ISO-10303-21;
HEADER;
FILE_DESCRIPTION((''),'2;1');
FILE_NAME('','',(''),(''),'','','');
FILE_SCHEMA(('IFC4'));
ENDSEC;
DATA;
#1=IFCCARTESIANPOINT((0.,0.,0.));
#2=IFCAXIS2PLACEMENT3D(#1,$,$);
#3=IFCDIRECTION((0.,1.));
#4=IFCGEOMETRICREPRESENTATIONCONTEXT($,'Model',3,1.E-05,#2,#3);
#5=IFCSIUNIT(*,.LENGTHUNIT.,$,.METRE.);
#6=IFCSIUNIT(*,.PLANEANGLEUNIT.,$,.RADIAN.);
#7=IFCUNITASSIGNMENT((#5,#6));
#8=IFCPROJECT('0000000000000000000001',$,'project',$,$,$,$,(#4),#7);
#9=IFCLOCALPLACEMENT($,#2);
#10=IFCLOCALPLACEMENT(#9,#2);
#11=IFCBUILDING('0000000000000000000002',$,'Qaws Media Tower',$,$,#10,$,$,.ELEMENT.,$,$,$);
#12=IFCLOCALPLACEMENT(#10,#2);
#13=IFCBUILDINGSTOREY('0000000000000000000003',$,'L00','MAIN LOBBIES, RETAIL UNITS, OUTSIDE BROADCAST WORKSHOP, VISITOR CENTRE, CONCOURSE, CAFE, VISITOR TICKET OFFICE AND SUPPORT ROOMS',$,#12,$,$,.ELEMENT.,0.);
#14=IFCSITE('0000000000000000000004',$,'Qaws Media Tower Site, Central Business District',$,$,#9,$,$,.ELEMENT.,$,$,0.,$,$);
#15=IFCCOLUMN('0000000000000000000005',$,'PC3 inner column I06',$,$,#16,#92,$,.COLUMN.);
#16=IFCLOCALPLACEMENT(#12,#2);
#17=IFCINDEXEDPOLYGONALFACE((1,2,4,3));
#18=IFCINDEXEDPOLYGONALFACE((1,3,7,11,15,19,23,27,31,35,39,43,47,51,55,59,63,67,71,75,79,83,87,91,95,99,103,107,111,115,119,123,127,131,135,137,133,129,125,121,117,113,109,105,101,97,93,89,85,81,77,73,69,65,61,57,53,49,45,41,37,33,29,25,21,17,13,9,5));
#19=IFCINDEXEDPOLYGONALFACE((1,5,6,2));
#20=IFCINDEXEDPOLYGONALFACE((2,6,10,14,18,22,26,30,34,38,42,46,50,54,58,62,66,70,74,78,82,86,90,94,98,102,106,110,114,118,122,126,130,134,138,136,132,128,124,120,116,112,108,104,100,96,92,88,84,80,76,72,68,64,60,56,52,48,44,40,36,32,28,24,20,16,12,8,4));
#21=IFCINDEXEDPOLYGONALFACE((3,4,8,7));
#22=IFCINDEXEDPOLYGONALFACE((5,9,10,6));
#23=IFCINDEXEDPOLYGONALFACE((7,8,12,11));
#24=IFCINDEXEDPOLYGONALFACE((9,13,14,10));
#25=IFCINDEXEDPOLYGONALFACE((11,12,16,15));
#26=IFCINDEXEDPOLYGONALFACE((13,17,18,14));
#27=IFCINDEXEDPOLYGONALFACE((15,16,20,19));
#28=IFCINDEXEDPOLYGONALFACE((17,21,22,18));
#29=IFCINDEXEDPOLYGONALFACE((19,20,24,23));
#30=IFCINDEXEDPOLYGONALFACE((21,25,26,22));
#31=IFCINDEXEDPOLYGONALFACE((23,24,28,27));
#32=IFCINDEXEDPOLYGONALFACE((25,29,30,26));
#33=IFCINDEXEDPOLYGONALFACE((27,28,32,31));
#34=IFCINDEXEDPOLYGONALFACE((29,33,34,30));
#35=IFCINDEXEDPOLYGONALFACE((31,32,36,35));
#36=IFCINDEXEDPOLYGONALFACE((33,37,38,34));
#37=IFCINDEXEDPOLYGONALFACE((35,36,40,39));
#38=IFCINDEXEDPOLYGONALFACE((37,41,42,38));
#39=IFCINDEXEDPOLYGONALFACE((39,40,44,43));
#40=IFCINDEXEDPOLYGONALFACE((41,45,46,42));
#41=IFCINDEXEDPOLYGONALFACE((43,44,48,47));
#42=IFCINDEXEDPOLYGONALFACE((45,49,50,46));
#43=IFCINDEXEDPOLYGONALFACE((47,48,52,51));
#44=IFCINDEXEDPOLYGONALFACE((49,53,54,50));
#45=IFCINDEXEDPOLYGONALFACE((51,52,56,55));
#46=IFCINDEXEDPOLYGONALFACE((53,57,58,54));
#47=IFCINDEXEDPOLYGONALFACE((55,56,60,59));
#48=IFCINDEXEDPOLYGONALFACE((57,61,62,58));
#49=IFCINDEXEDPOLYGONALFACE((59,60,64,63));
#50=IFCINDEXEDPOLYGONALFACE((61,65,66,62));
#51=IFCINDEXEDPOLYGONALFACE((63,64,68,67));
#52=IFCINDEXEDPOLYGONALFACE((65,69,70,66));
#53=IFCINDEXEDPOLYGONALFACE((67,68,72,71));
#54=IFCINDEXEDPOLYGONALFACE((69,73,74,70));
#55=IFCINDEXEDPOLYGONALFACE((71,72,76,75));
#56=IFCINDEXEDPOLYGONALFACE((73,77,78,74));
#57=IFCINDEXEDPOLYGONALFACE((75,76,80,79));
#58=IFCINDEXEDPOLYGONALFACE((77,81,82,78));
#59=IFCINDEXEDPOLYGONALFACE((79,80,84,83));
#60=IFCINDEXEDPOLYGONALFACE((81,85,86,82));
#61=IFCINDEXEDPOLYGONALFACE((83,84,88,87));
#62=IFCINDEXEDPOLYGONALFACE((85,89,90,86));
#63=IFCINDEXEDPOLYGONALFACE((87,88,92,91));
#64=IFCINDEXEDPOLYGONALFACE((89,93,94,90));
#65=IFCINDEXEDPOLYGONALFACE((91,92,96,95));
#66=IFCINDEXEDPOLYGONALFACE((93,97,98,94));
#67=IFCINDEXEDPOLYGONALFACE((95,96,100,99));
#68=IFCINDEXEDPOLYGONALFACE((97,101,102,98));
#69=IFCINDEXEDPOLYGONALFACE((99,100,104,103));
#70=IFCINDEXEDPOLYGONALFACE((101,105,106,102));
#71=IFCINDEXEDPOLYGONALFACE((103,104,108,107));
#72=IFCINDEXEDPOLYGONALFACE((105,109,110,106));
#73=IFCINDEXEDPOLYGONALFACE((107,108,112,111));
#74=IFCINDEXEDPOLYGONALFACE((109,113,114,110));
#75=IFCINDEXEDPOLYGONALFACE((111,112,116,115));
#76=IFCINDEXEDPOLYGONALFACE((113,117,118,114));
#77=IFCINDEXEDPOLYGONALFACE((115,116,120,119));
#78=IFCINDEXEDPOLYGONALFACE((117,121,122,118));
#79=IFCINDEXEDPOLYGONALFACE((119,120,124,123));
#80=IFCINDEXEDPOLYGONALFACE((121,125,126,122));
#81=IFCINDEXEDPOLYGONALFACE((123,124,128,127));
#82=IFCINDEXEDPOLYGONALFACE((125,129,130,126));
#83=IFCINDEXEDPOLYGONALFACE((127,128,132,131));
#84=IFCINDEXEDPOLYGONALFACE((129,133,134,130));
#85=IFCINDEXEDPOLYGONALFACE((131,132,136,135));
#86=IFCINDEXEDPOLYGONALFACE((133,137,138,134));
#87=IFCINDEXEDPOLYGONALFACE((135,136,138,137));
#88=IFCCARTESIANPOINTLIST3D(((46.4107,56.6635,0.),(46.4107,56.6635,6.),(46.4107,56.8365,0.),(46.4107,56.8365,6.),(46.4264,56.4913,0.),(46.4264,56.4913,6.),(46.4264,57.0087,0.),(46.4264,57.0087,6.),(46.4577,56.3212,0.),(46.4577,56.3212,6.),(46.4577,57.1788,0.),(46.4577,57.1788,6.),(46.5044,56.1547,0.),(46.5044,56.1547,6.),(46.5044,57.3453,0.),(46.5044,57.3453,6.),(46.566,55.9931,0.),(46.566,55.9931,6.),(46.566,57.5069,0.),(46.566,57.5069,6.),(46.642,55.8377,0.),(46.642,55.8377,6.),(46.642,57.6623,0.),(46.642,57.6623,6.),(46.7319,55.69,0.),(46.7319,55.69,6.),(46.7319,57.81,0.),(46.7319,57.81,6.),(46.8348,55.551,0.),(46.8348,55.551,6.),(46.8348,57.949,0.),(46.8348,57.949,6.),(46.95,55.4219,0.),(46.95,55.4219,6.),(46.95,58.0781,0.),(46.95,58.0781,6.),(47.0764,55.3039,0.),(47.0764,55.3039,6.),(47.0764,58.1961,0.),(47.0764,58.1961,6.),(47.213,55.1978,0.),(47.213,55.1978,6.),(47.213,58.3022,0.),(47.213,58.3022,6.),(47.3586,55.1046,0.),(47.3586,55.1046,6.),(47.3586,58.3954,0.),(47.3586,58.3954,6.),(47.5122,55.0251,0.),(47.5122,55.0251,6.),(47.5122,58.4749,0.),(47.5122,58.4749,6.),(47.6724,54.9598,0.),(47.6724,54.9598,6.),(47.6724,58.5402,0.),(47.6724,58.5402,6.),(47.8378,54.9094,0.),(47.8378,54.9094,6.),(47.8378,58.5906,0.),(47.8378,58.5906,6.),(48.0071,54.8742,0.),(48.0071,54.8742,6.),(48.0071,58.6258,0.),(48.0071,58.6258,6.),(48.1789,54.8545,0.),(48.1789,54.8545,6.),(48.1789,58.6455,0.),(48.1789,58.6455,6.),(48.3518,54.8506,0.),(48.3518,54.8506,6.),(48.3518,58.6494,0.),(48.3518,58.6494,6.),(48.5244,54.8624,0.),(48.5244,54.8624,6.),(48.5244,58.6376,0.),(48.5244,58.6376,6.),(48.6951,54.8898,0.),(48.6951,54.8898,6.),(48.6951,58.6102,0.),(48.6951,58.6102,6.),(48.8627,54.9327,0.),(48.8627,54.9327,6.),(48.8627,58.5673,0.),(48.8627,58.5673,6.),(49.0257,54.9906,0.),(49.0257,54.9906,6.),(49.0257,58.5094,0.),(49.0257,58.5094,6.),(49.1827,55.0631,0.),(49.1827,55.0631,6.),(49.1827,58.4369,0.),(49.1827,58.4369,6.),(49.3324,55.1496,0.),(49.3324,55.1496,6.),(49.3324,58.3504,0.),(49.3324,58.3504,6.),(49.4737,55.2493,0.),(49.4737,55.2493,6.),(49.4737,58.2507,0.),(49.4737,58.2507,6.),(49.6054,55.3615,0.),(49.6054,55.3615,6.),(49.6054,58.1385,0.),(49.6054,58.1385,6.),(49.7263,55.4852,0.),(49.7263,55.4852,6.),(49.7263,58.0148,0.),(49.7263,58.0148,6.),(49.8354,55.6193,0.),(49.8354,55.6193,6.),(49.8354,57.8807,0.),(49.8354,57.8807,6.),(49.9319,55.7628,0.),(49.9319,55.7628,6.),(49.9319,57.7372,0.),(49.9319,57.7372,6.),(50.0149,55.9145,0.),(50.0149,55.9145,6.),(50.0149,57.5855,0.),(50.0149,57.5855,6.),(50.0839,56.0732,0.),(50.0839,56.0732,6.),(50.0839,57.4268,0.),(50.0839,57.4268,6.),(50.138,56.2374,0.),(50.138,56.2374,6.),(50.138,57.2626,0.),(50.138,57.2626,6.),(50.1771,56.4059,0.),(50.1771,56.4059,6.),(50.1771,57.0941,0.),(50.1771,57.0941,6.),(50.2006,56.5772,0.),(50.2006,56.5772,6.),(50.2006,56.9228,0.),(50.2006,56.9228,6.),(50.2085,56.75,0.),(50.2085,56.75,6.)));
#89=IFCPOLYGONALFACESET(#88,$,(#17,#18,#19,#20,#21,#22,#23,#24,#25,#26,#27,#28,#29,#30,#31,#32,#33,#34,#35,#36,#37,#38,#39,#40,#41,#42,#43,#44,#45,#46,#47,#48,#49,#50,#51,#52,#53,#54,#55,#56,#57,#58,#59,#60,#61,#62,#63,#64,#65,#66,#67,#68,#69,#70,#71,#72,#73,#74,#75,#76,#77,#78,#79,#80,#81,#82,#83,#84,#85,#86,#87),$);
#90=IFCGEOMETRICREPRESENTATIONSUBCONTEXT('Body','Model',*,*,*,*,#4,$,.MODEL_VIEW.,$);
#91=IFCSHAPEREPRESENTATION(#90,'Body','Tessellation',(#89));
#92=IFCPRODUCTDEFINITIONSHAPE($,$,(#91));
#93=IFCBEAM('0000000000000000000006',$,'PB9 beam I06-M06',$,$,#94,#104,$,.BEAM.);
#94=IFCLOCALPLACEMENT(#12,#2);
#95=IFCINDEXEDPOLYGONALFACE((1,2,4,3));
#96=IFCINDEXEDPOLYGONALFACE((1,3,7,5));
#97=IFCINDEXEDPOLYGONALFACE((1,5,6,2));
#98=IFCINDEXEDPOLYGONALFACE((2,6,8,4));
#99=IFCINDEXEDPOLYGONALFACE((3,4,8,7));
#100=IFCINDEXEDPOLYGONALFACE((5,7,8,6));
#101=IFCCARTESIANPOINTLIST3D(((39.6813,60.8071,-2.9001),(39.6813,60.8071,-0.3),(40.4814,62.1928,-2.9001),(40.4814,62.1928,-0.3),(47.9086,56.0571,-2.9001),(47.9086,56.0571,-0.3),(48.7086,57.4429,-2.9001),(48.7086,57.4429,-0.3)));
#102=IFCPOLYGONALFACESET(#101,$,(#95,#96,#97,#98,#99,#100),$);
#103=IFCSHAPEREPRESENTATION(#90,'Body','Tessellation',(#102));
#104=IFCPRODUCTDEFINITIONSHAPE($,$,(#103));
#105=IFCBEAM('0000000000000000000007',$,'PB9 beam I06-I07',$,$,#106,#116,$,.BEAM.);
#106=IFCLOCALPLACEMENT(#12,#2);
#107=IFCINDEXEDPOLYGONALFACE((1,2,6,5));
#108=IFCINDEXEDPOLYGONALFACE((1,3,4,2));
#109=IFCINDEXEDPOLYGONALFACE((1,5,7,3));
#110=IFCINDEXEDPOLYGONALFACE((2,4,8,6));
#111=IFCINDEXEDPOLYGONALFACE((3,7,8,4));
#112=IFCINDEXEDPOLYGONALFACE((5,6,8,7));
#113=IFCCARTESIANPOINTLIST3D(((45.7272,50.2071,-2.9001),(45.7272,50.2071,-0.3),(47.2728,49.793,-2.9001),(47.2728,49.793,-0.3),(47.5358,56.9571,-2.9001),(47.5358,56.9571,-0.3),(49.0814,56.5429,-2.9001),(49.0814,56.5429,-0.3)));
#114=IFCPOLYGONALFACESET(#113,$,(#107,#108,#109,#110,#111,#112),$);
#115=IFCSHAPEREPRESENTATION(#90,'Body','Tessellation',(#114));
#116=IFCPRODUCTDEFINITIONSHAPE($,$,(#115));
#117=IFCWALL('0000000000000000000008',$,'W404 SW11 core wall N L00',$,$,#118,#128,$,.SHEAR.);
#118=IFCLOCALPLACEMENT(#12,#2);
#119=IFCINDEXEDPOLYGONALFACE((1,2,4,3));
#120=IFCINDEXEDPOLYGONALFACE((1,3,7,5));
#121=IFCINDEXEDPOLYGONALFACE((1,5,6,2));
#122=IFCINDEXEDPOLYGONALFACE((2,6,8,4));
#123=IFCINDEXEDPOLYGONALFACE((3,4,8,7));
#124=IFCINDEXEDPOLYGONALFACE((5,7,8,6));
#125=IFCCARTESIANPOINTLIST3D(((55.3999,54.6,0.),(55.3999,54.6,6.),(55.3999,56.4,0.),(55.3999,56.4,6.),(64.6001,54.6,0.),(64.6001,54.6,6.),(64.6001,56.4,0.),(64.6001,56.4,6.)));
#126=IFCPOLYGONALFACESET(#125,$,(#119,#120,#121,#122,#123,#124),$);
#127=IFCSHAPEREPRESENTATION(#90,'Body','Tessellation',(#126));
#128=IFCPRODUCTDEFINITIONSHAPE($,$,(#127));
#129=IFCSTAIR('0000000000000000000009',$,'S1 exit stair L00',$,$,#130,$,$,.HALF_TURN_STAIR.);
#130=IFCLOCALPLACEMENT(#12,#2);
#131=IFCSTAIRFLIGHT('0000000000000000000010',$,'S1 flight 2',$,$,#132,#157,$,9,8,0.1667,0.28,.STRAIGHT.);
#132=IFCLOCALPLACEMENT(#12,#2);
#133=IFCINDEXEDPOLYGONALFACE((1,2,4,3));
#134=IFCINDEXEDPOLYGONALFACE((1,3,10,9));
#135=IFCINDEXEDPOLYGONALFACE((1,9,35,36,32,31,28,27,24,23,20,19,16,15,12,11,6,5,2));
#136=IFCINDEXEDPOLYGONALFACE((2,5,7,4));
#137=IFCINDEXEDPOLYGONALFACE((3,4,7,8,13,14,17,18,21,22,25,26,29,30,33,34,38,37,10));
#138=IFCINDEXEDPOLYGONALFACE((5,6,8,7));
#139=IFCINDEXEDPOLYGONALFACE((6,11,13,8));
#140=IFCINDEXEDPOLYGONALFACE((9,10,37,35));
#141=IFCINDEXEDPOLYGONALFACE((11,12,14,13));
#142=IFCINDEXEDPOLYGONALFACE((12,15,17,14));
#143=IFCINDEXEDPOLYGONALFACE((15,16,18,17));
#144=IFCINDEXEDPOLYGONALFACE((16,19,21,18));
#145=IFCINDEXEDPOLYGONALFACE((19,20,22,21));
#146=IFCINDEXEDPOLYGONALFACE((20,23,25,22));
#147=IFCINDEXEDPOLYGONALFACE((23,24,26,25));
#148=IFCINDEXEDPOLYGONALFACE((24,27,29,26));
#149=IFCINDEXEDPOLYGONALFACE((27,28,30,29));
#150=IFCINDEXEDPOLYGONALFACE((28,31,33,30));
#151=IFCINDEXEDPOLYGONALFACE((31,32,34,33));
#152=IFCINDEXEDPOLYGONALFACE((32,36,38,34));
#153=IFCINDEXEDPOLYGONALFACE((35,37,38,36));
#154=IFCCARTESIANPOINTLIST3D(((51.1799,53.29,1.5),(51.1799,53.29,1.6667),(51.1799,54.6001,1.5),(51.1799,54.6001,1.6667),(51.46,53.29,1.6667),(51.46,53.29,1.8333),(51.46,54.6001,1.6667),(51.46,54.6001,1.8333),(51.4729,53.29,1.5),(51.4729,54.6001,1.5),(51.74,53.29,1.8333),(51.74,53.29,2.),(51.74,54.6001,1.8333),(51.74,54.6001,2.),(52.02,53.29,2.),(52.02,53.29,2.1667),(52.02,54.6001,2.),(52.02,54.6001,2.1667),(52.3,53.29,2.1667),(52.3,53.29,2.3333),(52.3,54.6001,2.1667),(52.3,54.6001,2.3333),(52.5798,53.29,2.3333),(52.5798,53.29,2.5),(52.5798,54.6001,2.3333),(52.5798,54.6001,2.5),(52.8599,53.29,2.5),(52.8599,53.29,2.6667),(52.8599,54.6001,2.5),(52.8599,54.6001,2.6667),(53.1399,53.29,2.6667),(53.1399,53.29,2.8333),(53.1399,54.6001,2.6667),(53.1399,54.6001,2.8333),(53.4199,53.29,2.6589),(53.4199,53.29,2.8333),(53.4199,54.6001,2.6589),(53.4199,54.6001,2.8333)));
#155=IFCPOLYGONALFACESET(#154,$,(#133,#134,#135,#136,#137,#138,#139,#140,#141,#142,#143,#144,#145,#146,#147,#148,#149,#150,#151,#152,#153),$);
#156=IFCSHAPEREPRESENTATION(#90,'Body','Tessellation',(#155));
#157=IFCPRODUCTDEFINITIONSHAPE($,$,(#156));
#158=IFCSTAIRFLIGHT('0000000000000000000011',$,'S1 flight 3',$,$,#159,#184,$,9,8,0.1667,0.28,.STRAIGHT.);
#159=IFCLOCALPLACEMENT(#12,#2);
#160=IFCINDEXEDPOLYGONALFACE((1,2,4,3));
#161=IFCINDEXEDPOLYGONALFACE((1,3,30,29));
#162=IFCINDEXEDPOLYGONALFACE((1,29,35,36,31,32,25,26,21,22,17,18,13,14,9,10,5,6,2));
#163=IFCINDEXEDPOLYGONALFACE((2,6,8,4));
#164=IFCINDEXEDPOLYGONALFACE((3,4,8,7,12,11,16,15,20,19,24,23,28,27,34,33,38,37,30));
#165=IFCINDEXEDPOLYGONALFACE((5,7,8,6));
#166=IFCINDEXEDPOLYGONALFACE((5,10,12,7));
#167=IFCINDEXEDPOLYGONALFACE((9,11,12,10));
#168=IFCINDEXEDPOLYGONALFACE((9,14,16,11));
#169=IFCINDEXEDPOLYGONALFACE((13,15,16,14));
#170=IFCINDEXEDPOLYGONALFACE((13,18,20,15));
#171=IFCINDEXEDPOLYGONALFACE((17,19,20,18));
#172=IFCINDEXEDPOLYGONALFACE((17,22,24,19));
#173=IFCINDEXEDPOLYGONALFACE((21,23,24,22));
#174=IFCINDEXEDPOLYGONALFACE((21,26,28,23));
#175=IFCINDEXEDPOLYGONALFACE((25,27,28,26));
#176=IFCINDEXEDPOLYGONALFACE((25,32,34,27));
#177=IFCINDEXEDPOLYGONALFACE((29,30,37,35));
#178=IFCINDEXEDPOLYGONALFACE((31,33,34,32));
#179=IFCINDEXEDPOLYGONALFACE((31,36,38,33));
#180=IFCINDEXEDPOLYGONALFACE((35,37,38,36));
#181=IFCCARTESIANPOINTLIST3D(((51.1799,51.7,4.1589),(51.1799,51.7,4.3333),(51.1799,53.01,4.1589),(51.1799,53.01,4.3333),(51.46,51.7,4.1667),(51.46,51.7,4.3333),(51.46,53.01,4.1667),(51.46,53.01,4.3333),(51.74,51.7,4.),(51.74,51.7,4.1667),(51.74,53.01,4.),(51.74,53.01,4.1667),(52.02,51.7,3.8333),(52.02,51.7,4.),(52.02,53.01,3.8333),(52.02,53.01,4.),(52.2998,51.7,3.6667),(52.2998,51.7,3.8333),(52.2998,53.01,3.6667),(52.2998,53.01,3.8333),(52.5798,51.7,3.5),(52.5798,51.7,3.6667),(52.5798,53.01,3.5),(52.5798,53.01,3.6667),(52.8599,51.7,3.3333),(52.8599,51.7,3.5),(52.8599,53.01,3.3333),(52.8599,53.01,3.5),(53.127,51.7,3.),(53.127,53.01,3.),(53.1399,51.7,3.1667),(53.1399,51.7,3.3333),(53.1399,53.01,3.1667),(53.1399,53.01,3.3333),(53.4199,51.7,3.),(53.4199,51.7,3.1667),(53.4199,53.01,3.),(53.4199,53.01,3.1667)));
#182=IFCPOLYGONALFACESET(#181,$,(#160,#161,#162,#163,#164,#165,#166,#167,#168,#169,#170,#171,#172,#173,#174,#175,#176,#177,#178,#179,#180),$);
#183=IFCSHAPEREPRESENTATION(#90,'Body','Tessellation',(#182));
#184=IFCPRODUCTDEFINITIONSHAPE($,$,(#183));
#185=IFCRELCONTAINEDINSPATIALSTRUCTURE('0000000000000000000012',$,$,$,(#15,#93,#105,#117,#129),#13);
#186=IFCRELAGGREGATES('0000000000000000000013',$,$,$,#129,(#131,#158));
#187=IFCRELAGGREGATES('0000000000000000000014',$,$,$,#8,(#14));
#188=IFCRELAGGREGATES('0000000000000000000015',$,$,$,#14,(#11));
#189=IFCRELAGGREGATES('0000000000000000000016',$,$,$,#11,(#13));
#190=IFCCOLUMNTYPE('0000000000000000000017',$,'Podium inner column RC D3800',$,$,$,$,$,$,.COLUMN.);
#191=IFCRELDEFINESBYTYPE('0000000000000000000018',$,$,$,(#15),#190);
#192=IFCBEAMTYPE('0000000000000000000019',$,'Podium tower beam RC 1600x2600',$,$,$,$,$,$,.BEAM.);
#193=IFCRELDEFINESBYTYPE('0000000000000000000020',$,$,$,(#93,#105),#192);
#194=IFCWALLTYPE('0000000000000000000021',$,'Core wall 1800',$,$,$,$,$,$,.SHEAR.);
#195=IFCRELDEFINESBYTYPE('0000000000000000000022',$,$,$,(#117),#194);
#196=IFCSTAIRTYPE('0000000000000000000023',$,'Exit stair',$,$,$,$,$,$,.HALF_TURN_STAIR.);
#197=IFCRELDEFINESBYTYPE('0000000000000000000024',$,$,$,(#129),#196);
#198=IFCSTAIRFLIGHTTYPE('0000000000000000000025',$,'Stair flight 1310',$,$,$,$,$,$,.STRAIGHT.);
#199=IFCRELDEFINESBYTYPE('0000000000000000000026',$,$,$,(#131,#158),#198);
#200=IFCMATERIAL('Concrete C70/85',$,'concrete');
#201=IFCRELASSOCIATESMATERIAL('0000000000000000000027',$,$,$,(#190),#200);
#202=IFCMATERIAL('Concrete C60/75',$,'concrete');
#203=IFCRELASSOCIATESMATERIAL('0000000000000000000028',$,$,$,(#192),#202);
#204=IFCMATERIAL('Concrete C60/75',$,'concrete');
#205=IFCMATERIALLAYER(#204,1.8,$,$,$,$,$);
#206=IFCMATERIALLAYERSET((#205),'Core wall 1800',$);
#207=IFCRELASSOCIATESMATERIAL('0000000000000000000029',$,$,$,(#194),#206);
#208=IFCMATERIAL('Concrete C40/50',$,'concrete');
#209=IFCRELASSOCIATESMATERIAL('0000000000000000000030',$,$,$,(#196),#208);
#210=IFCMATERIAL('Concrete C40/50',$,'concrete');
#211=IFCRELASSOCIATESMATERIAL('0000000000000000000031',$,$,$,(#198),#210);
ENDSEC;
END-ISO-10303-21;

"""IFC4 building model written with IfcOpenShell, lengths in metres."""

from ifc_helpers import new_model, si_unit, direction, frame, frame_2d, origin, origin_2d, place, context, subcontext, project, spatial, polyline, rectangle, circle, outline, extrude, material, layer, layer_set, material_profile, profile_set, type_object, element, aggregate, save


model = new_model("IFC4")

# Units and contexts
model_context = context("Model", 3, precision=1e-05, world=origin(), true_north=direction((0.0, 1.0)))
body_context = subcontext(model_context, "Body", "Model", "MODEL_VIEW")
ifc_project = project(units=[si_unit("LENGTHUNIT", "METRE"), si_unit("PLANEANGLEUNIT", "RADIAN")], contexts=[model_context])

# Site, building, storey
site_placement = place(None, origin())
site = spatial("IfcSite", under=ifc_project, at=site_placement, Name="Qaws Media Tower Site, Central Business District", CompositionType="ELEMENT", RefElevation=0.0)
building_placement = place(site_placement, origin())
building = spatial("IfcBuilding", under=site, at=building_placement, Name="Qaws Media Tower", CompositionType="ELEMENT")
storey_placement = place(building_placement, origin())
storey = spatial("IfcBuildingStorey", under=building, at=storey_placement, Name="L00", Description="MAIN LOBBIES, RETAIL UNITS, OUTSIDE BROADCAST WORKSHOP, VISITOR CENTRE, CONCOURSE, CAFE, VISITOR TICKET OFFICE AND SUPPORT ROOMS", CompositionType="ELEMENT", Elevation=0.0)

# Column
ifc_material_1 = material(Name="Concrete C70/85", Category="concrete")
ifc_material_profile_1 = material_profile(ifc_material_1, circle(Radius=1.8999, at=origin_2d()), Name="RC D3800")
ifc_profile_set_1 = profile_set([ifc_material_profile_1], Name="Concrete C70/85")
column_type = type_object("IfcColumnType", Name="Podium inner column RC D3800", PredefinedType="COLUMN", material=ifc_profile_set_1)
column_placement = place(storey_placement, frame((48.3086, 56.75, 0.0), z_axis=(0.0, 0.0, 1.0), x_axis=(1.0, 0.0, 0.0)))
element("IfcColumn", 1, at=column_placement, inside=storey, type_object=column_type, Name="PC3 inner column I06", PredefinedType="COLUMN", context=body_context, shape_type="SweptSolid", body=[
    extrude(circle(Radius=1.8999, at=origin_2d()), origin(), (0.0, 0.0, 1.0), 6.0),
])

# Beams
ifc_material_2 = material(Name="Concrete C60/75", Category="concrete")
ifc_material_profile_2 = material_profile(ifc_material_2, rectangle(XDim=1.6001, YDim=2.6001, at=origin_2d()), Name="RC 1600x2600")
ifc_profile_set_2 = profile_set([ifc_material_profile_2], Name="Concrete C60/75")
beam_type = type_object("IfcBeamType", Name="Podium tower beam RC 1600x2600", PredefinedType="BEAM", material=ifc_profile_set_2)
beam_1_placement = place(storey_placement, frame((48.3086, 56.75, -1.6001), z_axis=(-0.866027, 0.499998, 0.0), x_axis=(-0.499998, -0.866027, 0.0)))
element("IfcBeam", 2, at=beam_1_placement, inside=storey, type_object=beam_type, Name="PB9 beam I06-M06", PredefinedType="BEAM", context=body_context, shape_type="SweptSolid", body=[
    extrude(rectangle(XDim=1.6001, YDim=2.6001, at=origin_2d()), origin(), (0.0, 0.0, 1.0), 9.5),
])
beam_2_placement = place(storey_placement, frame((48.3086, 56.75, -1.6001), z_axis=(-0.258811, -0.965928, 0.0), x_axis=(0.965928, -0.258811, 0.0)))
element("IfcBeam", 3, at=beam_2_placement, inside=storey, type_object=beam_type, Name="PB9 beam I06-I07", PredefinedType="BEAM", context=body_context, shape_type="SweptSolid", body=[
    extrude(rectangle(XDim=1.6001, YDim=2.6001, at=origin_2d()), origin(), (0.0, 0.0, 1.0), 6.988),
])

# Wall
ifc_material_3 = material(Name="Concrete C60/75", Category="concrete")
ifc_layer = layer(ifc_material_3, 1.8)
ifc_layer_set = layer_set([ifc_layer], Name="Core wall 1800")
wall_type = type_object("IfcWallType", Name="Core wall 1800", PredefinedType="SHEAR", material=ifc_layer_set)
wall_placement = place(storey_placement, frame((55.3999, 55.5, 0.0), z_axis=(0.0, 0.0, 1.0), x_axis=(1.0, 0.0, 0.0)))
element("IfcWall", 4, at=wall_placement, inside=storey, type_object=wall_type, Name="W404 SW11 core wall N L00", PredefinedType="SHEAR", context=body_context, shape_type="SweptSolid", body=[
    extrude(rectangle(XDim=9.2002, YDim=1.8, at=frame_2d((4.6001, 0.0))), origin(), (0.0, 0.0, 1.0), 6.0),
])

# Stair, stair flights
ifc_material_4 = material(Name="Concrete C40/50", Category="concrete")
stair_type = type_object("IfcStairType", Name="Exit stair", PredefinedType="HALF_TURN_STAIR", material=ifc_material_4)
stair_placement = place(storey_placement, origin())
stair = element("IfcStair", 5, at=stair_placement, inside=storey, type_object=stair_type, Name="S1 exit stair L00", PredefinedType="HALF_TURN_STAIR")
ifc_material_5 = material(Name="Concrete C40/50", Category="concrete")
stair_flight_type = type_object("IfcStairFlightType", Name="Stair flight 1310", PredefinedType="STRAIGHT", material=ifc_material_5)
stair_flight_1_placement = place(storey_placement, frame((51.1799, 53.9451, 1.5), z_axis=(0.0, 0.0, 1.0), x_axis=(1.0, 0.0, 0.0)))
stair_flight_1 = element("IfcStairFlight", 6, at=stair_flight_1_placement, type_object=stair_flight_type, Name="S1 flight 2", NumberOfRisers=9, NumberOfTreads=8, PredefinedType="STRAIGHT", RiserHeight=0.1667, TreadLength=0.28, context=body_context, shape_type="SweptSolid", body=[
    extrude(outline(polyline([(0.0, 0.0), (0.0, 0.1667), (0.28, 0.1667), (0.28, 0.3333), (0.5601, 0.3333), (0.5601, 0.5), (0.8401, 0.5), (0.8401, 0.6667), (1.1201, 0.6667), (1.1201, 0.8333), (1.3999, 0.8333), (1.3999, 1.0), (1.6799, 1.0), (1.6799, 1.1667), (1.96, 1.1667), (1.96, 1.3333), (2.24, 1.3333), (2.24, 1.5), (2.24, 1.1589), (0.293, 0.0), (0.0, 0.0)])), frame((0.0, 0.655, 0.0), z_axis=(0.0, -1.0, 0.0), x_axis=(1.0, 0.0, 0.0)), (0.0, 0.0, 1.0), 1.3101),
])
stair_flight_2_placement = place(storey_placement, frame((53.4199, 52.355, 3.0), z_axis=(0.0, 0.0, 1.0), x_axis=(-1.0, 0.0, 0.0)))
stair_flight_2 = element("IfcStairFlight", 7, at=stair_flight_2_placement, type_object=stair_flight_type, Name="S1 flight 3", NumberOfRisers=9, NumberOfTreads=8, PredefinedType="STRAIGHT", RiserHeight=0.1667, TreadLength=0.28, context=body_context, shape_type="SweptSolid", body=[
    extrude(outline(polyline([(0.0, 0.0), (0.0, 0.1667), (0.28, 0.1667), (0.28, 0.3333), (0.5601, 0.3333), (0.5601, 0.5), (0.8401, 0.5), (0.8401, 0.6667), (1.1201, 0.6667), (1.1201, 0.8333), (1.3999, 0.8333), (1.3999, 1.0), (1.6799, 1.0), (1.6799, 1.1667), (1.96, 1.1667), (1.96, 1.3333), (2.24, 1.3333), (2.24, 1.5), (2.24, 1.1589), (0.293, 0.0), (0.0, 0.0)])), frame((0.0, 0.655, 0.0), z_axis=(0.0, -1.0, 0.0), x_axis=(1.0, 0.0, 0.0)), (0.0, 0.0, 1.0), 1.3101),
])
aggregate(stair, [stair_flight_1, stair_flight_2])

save(model, "model.ifc")
